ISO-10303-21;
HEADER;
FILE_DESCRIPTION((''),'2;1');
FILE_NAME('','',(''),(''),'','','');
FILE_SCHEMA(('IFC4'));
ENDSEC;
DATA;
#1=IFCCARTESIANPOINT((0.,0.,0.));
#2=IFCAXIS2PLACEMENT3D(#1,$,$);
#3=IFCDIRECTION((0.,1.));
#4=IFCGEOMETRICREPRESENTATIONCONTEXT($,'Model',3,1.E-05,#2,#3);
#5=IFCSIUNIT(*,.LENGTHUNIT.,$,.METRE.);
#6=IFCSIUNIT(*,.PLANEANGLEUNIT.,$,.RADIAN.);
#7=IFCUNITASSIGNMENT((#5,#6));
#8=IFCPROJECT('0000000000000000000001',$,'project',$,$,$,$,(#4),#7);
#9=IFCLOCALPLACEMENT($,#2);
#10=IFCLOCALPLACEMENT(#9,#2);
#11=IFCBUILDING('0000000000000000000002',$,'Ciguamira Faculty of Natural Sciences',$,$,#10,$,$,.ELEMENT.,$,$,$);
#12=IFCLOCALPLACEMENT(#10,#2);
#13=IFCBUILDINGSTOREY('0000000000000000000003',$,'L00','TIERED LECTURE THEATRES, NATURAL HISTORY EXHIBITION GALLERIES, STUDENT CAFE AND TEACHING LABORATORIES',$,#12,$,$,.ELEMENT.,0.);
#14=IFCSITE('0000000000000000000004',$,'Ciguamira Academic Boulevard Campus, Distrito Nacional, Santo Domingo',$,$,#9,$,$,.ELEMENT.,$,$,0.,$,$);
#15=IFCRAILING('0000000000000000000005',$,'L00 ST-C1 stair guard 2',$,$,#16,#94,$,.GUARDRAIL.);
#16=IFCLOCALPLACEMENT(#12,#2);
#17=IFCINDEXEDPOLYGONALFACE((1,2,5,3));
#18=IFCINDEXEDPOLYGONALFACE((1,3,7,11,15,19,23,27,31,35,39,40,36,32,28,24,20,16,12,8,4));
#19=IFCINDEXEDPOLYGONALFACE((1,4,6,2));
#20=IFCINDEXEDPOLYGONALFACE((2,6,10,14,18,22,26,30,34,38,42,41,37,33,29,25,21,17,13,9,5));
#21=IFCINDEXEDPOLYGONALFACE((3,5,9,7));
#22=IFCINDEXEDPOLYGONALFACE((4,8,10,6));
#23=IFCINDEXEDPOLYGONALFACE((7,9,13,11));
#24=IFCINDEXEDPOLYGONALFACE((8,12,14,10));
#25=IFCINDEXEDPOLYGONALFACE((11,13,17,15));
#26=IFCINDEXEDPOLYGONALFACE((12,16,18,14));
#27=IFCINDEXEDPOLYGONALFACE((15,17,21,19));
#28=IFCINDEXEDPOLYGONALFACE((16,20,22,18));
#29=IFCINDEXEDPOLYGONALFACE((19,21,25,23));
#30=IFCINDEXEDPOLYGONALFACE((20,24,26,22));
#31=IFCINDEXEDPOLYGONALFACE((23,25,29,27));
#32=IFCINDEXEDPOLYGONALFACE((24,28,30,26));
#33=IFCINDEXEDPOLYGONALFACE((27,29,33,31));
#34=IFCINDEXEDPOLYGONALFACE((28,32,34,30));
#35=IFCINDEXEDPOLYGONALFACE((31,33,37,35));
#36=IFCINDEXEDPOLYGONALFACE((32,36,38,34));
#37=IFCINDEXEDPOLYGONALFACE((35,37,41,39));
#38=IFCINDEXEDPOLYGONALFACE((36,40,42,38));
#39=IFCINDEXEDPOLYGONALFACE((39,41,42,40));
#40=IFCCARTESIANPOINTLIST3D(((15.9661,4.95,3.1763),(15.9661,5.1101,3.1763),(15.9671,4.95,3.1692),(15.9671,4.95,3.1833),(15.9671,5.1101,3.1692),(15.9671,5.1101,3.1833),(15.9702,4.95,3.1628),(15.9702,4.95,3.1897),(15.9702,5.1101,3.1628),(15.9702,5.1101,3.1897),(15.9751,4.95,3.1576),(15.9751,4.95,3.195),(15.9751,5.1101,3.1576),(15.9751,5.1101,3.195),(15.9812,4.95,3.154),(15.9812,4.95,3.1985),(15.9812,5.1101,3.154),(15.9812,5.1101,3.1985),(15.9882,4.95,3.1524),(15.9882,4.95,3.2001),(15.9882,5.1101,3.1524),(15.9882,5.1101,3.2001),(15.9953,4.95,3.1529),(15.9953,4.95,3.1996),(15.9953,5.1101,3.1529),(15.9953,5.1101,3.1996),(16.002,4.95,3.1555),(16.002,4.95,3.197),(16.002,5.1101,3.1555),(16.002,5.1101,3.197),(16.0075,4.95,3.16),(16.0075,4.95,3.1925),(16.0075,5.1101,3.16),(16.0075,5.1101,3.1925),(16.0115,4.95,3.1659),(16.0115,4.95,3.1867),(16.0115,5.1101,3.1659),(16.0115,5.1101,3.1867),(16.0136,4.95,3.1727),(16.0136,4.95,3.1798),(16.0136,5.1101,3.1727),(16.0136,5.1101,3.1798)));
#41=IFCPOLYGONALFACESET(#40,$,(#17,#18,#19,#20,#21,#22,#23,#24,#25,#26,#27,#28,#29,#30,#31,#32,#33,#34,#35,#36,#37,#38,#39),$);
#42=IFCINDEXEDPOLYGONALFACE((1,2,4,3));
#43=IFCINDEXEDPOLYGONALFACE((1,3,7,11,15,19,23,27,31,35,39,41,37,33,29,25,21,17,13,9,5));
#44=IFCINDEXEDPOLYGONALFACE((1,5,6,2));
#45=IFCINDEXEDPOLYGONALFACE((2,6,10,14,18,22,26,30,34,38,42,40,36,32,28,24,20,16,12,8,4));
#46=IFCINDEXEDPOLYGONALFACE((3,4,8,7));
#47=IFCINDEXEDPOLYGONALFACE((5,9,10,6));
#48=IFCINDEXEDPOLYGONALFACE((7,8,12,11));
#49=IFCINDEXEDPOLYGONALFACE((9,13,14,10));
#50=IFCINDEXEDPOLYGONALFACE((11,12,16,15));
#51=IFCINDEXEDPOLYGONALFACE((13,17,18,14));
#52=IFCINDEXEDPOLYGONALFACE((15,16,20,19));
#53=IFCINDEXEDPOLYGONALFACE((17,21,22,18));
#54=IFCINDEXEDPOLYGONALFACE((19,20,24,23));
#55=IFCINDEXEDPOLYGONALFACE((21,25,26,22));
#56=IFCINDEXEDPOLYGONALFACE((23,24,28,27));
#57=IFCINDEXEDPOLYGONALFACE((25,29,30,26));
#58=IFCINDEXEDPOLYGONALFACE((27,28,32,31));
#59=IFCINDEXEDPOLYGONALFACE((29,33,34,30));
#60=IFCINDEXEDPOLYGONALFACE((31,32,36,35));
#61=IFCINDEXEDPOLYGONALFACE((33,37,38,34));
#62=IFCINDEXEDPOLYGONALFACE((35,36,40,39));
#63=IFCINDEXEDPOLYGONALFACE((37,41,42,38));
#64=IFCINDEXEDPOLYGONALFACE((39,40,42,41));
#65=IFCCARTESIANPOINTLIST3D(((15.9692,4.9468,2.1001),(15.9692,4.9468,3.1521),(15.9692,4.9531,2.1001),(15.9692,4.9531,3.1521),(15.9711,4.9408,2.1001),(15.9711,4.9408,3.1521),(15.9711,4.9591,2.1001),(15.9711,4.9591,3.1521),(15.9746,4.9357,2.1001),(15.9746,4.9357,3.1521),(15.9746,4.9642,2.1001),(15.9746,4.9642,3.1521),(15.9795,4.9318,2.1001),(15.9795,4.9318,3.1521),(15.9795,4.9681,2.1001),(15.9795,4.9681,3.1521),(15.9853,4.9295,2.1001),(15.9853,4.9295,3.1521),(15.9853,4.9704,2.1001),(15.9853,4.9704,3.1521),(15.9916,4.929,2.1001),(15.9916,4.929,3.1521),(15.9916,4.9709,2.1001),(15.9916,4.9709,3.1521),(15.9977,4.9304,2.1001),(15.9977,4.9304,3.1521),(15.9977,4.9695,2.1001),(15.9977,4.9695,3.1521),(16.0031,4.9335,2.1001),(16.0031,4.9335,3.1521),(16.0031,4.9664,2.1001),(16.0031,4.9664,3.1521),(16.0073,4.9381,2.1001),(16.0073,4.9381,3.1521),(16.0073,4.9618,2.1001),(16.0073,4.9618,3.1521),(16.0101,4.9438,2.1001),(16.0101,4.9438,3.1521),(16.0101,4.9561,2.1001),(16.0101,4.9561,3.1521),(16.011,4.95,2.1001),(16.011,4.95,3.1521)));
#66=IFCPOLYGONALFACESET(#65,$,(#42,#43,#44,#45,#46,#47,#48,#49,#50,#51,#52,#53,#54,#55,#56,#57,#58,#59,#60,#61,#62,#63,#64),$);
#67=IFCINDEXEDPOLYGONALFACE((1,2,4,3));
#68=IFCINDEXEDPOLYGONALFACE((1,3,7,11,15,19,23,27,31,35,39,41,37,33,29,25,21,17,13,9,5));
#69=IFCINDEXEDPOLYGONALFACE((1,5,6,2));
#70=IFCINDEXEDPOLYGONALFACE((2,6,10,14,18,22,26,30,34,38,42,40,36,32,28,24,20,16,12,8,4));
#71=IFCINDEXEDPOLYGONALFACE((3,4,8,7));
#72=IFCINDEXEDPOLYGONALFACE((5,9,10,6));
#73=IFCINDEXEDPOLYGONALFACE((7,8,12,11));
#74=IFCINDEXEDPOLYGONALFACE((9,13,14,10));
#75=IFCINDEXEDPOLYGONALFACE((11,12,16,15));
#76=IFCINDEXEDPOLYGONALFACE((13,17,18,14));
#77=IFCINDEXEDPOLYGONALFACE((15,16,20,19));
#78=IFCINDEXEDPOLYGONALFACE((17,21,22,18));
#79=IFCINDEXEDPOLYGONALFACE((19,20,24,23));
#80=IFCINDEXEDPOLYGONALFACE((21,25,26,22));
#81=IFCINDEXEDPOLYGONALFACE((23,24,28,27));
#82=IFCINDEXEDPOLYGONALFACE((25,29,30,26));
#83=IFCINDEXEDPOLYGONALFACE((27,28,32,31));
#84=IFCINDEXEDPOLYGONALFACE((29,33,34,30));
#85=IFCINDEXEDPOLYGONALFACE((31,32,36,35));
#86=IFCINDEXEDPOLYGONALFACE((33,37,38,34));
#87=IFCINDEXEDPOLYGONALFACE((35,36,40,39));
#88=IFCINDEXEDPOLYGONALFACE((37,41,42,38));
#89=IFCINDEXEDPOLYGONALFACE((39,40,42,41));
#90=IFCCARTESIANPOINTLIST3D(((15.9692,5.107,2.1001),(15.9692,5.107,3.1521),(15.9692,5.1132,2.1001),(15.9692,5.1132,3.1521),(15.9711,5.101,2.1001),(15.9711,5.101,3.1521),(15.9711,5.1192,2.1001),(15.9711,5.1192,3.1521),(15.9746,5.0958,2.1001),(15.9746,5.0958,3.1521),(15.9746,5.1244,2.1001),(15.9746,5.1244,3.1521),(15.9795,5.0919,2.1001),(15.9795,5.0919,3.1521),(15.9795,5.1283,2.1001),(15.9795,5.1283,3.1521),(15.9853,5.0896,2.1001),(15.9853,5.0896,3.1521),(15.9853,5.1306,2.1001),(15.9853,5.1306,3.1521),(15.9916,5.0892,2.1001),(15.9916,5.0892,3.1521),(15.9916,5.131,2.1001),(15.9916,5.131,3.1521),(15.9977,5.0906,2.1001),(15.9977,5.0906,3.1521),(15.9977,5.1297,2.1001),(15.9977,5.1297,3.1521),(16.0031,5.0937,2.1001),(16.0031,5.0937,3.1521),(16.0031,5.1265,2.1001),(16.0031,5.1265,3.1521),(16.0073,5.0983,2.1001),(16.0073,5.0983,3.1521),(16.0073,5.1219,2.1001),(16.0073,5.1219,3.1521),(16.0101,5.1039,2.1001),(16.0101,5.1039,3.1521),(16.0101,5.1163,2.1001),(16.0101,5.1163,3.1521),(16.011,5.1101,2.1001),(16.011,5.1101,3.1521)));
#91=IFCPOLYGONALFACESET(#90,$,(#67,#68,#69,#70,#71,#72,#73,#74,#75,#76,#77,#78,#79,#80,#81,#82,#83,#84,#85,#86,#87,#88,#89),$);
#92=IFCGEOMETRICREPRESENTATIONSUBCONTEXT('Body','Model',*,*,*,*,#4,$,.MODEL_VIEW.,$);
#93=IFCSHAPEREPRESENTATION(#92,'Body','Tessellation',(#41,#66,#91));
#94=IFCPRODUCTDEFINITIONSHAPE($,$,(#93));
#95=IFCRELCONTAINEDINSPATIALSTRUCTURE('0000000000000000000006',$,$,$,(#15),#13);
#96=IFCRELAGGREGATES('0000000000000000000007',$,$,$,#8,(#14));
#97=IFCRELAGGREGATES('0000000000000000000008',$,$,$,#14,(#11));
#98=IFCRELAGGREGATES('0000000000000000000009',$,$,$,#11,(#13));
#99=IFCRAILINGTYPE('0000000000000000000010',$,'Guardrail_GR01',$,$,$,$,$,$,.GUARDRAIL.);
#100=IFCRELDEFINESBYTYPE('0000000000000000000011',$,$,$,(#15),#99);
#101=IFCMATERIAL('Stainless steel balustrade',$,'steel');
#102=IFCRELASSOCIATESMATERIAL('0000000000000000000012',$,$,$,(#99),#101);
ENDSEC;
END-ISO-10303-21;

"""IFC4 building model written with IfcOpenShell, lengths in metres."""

from ifc_helpers import new_model, si_unit, direction, frame, origin, origin_2d, place, context, subcontext, project, spatial, circle, extrude, material, type_object, element, save


model = new_model("IFC4")

# Units and contexts
model_context = context("Model", 3, precision=1e-05, world=origin(), true_north=direction((0.0, 1.0)))
body_context = subcontext(model_context, "Body", "Model", "MODEL_VIEW")
ifc_project = project(units=[si_unit("LENGTHUNIT", "METRE"), si_unit("PLANEANGLEUNIT", "RADIAN")], contexts=[model_context])

# Site, building, storey
site_placement = place(None, origin())
site = spatial("IfcSite", under=ifc_project, at=site_placement, Name="Ciguamira Academic Boulevard Campus, Distrito Nacional, Santo Domingo", CompositionType="ELEMENT", RefElevation=0.0)
building_placement = place(site_placement, origin())
building = spatial("IfcBuilding", under=site, at=building_placement, Name="Ciguamira Faculty of Natural Sciences", CompositionType="ELEMENT")
storey_placement = place(building_placement, origin())
storey = spatial("IfcBuildingStorey", under=building, at=storey_placement, Name="L00", Description="TIERED LECTURE THEATRES, NATURAL HISTORY EXHIBITION GALLERIES, STUDENT CAFE AND TEACHING LABORATORIES", CompositionType="ELEMENT", Elevation=0.0)

# Railing
ifc_material_1 = material(Name="Stainless steel balustrade", Category="steel")
railing_type_1 = type_object("IfcRailingType", Name="Guardrail_GR01", PredefinedType="GUARDRAIL", material=ifc_material_1)
railing_1_placement = place(storey_placement, frame((15.99, 4.95, 2.1001)))
element("IfcRailing", 1, at=railing_1_placement, inside=storey, type_object=railing_type_1, Name="L00 ST-C1 stair guard 2", PredefinedType="GUARDRAIL", context=body_context, shape_type="SweptSolid", body=[
    extrude(circle(Radius=0.0239, at=origin_2d()), frame((0.0, 0.0, 1.0762), z_axis=(0.0, 1.0, 0.0), x_axis=(-1.0, 0.0, 0.0)), (0.0, 0.0, 1.0), 0.1602),
    extrude(circle(Radius=0.021, at=origin_2d()), origin(), (0.0, 0.0, 1.0), 1.052),
    extrude(circle(Radius=0.021, at=origin_2d()), frame((0.0, 0.1602, 0.0)), (0.0, 0.0, 1.0), 1.052),
])

save(model, "model.ifc")
